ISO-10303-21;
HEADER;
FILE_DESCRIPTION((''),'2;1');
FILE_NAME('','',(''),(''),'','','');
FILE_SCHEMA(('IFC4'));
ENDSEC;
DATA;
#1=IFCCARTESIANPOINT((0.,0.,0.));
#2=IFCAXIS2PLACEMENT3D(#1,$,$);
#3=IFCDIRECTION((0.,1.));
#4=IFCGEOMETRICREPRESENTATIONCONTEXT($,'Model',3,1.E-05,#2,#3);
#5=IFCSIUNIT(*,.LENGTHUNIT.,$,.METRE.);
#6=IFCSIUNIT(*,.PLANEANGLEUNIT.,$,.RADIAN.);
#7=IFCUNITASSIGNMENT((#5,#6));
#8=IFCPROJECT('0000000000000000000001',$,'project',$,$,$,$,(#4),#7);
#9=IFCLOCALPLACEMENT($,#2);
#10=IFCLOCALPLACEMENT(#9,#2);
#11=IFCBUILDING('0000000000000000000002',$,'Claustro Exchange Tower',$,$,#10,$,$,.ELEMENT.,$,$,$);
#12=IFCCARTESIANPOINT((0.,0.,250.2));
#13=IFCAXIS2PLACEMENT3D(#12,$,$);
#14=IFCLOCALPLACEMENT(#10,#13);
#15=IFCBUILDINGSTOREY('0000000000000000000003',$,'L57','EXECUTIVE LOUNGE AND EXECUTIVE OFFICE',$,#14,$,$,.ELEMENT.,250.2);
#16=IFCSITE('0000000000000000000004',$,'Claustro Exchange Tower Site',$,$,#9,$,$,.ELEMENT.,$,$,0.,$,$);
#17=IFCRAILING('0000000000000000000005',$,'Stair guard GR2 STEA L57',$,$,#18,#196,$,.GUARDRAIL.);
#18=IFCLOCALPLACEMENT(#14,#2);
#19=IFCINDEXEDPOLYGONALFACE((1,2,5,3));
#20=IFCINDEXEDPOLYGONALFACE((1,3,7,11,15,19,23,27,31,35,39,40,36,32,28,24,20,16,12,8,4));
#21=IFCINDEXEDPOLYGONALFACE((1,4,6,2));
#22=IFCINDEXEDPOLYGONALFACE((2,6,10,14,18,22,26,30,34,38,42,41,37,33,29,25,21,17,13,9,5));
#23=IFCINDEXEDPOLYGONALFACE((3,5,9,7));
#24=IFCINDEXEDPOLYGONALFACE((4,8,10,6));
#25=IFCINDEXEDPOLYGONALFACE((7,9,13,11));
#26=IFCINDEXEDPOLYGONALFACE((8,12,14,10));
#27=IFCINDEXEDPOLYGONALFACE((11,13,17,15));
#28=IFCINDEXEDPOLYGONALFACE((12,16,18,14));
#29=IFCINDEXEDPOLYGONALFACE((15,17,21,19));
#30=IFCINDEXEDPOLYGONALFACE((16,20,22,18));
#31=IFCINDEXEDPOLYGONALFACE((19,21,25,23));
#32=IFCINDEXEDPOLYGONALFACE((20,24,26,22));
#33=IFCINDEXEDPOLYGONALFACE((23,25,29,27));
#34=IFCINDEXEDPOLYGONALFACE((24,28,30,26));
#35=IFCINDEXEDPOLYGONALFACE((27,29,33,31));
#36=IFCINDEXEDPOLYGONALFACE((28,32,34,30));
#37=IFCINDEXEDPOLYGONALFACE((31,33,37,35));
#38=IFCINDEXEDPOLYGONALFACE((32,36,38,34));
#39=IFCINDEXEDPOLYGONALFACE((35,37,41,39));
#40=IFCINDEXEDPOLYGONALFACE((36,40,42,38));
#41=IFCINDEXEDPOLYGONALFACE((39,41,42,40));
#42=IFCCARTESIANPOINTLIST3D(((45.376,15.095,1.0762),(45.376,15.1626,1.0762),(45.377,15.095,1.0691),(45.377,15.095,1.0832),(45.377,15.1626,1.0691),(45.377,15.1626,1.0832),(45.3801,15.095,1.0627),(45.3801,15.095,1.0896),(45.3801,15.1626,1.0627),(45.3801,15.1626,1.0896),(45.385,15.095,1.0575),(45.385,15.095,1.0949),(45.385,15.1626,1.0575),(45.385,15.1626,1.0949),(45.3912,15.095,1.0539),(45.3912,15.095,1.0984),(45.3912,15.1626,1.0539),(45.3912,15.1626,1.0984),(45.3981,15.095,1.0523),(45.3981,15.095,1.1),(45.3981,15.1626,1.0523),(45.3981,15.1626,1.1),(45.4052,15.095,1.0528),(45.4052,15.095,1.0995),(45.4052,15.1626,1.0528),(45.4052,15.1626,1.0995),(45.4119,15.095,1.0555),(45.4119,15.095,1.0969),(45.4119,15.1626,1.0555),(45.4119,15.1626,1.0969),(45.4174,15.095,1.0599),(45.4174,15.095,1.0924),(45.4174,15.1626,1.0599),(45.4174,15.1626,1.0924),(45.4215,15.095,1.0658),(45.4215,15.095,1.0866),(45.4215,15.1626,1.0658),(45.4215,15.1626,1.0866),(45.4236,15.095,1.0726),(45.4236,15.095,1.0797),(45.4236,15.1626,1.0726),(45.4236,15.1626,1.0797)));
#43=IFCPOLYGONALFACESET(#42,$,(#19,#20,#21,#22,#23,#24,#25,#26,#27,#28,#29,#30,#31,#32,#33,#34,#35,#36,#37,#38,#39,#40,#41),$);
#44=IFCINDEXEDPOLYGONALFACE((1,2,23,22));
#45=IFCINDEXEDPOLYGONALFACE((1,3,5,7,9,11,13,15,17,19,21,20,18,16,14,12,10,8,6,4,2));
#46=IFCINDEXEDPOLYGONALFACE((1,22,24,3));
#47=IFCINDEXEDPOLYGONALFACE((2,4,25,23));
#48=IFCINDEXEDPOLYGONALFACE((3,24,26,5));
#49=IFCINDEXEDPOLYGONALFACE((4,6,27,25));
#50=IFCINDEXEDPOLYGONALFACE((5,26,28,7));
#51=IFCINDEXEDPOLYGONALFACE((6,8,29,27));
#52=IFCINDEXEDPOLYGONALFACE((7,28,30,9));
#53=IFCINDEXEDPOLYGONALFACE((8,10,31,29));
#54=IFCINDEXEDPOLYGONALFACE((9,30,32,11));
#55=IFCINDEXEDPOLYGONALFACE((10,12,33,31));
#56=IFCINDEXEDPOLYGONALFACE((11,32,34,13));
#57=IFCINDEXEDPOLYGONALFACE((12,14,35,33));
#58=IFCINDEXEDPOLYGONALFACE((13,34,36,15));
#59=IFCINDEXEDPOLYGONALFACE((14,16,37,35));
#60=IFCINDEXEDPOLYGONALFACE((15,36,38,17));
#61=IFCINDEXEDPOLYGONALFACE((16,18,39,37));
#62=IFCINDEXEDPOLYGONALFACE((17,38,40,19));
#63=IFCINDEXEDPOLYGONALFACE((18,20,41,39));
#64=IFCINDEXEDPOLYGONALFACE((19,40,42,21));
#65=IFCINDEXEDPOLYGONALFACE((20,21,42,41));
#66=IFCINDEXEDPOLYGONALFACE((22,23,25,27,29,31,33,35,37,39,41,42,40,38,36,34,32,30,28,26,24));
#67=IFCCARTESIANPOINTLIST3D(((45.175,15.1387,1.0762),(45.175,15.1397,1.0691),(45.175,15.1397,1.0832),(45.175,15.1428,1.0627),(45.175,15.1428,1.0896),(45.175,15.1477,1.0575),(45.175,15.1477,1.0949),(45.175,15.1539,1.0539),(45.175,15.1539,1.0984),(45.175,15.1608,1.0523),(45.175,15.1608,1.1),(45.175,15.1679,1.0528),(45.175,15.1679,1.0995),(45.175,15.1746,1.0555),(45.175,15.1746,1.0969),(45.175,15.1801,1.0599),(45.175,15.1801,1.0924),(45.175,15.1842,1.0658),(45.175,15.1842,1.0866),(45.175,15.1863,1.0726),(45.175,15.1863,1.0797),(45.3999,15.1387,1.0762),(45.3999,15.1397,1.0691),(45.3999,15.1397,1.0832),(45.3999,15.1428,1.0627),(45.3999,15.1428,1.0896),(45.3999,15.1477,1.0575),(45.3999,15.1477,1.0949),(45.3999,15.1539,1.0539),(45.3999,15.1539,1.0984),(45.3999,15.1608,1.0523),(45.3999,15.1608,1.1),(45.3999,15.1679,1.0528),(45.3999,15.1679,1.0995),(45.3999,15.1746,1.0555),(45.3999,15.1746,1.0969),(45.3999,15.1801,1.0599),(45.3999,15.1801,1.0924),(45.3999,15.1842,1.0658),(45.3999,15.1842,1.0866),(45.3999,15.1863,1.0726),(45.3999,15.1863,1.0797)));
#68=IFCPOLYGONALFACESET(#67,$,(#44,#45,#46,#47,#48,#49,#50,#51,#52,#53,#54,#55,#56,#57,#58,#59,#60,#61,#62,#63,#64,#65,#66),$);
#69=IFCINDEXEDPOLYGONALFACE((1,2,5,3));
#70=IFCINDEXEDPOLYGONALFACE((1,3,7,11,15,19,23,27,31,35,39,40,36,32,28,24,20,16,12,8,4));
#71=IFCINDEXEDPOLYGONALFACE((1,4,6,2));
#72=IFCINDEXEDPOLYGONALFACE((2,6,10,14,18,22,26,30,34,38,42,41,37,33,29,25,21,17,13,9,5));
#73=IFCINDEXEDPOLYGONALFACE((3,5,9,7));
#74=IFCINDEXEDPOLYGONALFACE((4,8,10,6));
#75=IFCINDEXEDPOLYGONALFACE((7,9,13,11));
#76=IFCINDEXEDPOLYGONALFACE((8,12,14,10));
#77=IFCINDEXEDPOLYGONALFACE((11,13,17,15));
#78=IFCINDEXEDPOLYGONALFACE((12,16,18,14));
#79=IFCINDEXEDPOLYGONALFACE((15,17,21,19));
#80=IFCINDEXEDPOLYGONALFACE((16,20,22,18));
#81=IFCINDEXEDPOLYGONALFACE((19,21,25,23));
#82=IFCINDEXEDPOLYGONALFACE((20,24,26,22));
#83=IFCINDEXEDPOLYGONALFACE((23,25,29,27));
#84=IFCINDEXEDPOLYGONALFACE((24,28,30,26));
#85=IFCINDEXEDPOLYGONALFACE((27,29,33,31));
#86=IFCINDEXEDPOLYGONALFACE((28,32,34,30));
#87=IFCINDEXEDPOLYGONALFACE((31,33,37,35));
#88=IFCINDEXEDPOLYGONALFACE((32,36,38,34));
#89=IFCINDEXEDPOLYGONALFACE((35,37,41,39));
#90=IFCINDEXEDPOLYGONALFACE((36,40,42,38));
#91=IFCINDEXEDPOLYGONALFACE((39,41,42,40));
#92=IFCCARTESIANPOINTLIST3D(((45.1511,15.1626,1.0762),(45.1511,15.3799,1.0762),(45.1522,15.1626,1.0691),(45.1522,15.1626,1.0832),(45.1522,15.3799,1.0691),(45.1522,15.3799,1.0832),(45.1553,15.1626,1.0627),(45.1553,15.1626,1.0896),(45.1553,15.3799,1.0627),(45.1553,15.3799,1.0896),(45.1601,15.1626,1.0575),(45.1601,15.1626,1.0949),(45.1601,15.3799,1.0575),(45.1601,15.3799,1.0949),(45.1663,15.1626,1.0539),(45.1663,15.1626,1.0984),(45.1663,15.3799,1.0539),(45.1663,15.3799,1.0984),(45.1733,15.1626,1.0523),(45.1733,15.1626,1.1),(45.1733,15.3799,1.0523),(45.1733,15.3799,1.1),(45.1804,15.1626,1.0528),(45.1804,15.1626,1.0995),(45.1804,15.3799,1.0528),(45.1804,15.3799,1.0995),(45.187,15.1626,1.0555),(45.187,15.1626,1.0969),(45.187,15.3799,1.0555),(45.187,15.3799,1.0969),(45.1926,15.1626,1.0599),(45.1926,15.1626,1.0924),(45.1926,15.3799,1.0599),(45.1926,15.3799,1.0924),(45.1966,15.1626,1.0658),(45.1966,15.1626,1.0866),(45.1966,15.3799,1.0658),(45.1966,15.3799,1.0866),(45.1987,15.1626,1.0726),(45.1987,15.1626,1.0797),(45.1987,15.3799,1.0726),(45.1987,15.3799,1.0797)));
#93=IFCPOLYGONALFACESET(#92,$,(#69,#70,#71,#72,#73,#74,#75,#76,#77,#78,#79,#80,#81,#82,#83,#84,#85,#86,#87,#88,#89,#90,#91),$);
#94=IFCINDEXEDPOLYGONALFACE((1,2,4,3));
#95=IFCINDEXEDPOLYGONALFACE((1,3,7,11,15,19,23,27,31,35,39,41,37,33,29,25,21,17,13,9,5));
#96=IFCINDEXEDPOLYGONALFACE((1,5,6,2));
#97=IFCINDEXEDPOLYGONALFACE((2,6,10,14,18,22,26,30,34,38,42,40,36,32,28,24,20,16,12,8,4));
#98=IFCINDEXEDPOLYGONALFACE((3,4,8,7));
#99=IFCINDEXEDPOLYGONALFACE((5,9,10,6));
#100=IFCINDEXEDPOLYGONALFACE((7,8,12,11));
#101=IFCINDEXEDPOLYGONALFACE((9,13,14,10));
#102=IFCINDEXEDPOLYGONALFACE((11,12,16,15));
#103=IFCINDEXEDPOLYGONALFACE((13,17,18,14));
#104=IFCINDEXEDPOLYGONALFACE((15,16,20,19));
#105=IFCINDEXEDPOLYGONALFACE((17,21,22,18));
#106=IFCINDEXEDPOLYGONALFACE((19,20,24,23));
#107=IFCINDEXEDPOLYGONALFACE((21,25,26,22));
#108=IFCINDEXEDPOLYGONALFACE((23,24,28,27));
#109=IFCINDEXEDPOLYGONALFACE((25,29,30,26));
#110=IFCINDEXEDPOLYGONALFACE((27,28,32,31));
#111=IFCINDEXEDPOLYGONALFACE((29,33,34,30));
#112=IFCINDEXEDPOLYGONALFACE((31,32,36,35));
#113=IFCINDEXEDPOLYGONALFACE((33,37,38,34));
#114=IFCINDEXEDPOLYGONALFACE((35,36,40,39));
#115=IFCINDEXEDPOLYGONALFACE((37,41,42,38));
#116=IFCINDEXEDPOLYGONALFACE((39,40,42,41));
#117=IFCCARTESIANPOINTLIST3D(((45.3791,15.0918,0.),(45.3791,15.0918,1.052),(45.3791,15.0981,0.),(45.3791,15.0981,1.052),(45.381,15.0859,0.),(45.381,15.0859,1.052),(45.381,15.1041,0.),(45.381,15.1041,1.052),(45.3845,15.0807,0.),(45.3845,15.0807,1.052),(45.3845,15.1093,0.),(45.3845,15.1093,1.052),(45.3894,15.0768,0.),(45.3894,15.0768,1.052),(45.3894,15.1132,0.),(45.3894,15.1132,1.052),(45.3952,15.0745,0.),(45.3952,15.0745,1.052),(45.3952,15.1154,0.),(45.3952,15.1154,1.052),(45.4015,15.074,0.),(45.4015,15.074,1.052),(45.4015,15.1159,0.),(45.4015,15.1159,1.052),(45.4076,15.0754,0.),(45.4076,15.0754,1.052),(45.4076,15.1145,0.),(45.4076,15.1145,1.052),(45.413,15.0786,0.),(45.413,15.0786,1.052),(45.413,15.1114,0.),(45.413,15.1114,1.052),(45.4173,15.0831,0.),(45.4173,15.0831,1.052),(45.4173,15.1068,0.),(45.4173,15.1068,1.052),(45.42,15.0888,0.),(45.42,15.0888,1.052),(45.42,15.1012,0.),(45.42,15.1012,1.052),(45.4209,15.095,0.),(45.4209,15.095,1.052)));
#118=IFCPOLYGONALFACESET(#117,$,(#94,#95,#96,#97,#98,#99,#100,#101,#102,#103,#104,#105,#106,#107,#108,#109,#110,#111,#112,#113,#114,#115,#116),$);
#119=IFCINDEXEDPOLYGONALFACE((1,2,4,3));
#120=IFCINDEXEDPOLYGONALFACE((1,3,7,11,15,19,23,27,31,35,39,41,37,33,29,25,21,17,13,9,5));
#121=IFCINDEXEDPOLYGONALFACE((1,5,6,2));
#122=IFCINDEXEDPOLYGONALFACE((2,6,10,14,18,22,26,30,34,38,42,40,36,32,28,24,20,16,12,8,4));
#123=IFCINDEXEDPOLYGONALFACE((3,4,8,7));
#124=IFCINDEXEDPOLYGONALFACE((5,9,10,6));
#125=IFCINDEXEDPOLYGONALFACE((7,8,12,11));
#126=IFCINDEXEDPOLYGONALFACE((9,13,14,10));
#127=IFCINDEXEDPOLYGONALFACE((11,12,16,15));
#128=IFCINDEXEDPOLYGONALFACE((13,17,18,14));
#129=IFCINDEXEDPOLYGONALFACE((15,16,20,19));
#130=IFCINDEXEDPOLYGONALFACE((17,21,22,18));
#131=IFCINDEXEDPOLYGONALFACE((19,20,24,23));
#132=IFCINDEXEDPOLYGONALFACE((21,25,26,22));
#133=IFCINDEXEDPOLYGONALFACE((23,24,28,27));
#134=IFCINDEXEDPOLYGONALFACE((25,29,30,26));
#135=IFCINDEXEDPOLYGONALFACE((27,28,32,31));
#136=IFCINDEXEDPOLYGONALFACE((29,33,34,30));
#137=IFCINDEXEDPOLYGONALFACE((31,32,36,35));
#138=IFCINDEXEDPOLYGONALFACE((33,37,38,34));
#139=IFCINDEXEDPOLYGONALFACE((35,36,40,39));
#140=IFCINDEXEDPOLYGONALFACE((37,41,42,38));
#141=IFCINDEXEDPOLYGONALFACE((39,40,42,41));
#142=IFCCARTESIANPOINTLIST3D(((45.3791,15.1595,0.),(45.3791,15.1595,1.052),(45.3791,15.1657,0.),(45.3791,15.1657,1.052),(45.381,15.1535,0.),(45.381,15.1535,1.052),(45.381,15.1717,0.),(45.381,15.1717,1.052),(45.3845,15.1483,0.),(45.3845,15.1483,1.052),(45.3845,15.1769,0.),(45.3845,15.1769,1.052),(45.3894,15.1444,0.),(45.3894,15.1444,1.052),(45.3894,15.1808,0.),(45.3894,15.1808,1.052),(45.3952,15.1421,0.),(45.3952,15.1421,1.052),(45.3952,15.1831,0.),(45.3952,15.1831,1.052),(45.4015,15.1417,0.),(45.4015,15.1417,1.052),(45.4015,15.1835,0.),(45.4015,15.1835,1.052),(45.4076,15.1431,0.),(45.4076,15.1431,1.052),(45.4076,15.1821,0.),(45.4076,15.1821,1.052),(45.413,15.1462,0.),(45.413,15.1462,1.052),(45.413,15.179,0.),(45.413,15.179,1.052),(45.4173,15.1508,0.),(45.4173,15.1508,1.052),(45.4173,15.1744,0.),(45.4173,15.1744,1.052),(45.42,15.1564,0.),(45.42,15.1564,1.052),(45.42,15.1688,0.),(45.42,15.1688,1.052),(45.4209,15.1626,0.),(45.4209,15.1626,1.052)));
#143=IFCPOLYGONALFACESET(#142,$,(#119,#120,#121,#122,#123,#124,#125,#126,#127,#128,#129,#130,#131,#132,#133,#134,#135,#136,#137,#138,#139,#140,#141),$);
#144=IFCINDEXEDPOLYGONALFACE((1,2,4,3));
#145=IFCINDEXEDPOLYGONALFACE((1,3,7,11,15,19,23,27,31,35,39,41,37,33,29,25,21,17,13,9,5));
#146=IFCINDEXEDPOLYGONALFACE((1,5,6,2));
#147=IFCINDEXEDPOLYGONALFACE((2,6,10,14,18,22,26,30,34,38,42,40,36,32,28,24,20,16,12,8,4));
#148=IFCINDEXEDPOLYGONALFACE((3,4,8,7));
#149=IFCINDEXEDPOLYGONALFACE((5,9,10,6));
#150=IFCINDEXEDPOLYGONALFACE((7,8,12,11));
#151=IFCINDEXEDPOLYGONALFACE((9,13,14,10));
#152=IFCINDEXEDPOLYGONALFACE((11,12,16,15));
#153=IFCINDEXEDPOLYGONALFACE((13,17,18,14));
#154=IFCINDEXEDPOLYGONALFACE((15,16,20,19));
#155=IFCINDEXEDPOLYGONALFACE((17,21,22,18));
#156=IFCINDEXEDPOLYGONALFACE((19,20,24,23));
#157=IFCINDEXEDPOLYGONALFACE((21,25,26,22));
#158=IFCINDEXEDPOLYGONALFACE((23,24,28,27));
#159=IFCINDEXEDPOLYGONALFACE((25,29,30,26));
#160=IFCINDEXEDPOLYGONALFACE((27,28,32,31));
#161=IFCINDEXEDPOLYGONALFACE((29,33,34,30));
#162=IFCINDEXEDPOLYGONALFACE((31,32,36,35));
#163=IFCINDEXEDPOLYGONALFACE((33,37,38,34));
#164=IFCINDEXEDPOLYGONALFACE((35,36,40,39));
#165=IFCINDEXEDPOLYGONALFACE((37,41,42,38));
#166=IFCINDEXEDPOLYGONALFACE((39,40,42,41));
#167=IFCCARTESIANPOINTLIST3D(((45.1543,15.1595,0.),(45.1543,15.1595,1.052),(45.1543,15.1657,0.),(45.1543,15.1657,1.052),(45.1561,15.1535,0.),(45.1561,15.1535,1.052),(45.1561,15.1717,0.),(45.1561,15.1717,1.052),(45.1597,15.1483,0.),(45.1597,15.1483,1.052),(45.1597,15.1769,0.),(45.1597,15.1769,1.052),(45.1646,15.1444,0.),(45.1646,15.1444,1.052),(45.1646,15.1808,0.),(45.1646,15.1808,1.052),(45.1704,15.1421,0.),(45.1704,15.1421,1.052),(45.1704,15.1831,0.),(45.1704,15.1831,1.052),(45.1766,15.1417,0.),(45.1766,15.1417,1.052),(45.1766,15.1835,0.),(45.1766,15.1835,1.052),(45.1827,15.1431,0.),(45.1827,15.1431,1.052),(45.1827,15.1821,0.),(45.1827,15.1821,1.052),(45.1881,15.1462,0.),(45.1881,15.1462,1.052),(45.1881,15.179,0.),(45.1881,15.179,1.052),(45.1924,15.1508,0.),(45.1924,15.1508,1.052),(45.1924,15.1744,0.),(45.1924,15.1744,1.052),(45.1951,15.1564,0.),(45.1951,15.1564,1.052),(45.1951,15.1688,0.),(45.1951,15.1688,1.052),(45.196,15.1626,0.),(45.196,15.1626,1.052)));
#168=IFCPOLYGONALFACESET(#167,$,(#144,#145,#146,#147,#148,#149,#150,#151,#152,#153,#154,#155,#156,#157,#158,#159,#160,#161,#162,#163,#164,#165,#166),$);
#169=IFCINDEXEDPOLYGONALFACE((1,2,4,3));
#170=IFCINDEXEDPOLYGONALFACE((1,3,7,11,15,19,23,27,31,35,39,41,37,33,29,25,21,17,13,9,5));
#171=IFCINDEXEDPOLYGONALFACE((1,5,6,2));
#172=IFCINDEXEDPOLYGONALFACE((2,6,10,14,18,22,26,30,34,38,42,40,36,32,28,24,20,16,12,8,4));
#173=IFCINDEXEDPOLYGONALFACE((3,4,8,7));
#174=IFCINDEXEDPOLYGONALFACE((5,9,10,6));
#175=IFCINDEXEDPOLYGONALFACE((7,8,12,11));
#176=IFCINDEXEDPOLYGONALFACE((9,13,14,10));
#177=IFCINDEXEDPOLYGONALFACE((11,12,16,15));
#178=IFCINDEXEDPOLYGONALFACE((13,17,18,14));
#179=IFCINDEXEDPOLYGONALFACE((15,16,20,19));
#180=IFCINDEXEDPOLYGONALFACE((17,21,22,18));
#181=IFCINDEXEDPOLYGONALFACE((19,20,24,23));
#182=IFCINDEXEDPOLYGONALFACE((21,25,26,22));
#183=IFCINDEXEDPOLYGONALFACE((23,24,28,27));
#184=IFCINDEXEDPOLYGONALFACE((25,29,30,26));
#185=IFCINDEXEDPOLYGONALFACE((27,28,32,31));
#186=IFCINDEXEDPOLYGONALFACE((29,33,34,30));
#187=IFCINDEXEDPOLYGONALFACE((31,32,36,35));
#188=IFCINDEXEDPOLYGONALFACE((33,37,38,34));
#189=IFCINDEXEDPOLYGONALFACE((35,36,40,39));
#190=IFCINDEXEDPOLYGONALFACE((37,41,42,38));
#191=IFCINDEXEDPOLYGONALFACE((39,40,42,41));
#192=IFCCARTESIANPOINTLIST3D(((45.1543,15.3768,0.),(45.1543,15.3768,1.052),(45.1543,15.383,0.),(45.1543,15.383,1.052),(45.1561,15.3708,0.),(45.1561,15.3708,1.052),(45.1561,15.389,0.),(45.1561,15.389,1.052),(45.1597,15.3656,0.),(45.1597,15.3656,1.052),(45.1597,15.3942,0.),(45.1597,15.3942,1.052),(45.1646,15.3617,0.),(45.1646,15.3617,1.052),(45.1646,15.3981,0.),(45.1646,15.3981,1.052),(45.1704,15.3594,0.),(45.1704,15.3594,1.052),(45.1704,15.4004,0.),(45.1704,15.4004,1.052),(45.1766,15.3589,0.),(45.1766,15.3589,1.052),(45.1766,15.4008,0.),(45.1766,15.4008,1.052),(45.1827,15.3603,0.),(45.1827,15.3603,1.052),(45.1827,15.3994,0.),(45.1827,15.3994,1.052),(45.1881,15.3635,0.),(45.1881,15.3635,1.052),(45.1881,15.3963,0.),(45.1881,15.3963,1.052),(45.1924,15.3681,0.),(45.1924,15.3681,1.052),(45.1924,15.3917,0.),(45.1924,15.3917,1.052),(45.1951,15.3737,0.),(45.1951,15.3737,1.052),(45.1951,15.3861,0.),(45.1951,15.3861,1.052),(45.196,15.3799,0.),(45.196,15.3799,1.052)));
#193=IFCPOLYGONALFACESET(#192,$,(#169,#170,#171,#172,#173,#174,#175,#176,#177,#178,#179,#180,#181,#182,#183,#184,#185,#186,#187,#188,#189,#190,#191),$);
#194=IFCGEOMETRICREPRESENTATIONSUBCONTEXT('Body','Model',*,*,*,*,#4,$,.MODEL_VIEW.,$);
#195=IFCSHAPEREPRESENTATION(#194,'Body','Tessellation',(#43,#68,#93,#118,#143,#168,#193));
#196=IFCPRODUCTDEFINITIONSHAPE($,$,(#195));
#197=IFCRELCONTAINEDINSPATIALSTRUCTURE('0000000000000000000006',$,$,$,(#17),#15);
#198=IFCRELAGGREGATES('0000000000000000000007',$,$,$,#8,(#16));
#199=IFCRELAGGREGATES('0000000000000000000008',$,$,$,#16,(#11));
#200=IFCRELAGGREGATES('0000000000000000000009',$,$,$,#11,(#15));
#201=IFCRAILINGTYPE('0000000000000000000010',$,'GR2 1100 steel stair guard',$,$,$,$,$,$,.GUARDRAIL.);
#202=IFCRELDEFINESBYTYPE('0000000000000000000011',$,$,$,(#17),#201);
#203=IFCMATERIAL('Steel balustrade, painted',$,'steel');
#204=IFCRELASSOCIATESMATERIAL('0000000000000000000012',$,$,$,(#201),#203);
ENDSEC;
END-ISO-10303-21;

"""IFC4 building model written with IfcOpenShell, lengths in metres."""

from ifc_helpers import new_model, si_unit, direction, frame, origin, origin_2d, place, context, subcontext, project, spatial, circle, extrude, material, type_object, element, save


model = new_model("IFC4")

# Units and contexts
model_context = context("Model", 3, precision=1e-05, world=origin(), true_north=direction((0.0, 1.0)))
body_context = subcontext(model_context, "Body", "Model", "MODEL_VIEW")
ifc_project = project(units=[si_unit("LENGTHUNIT", "METRE"), si_unit("PLANEANGLEUNIT", "RADIAN")], contexts=[model_context])

# Site, building, storey
site_placement = place(None, origin())
site = spatial("IfcSite", under=ifc_project, at=site_placement, Name="Claustro Exchange Tower Site", CompositionType="ELEMENT", RefElevation=0.0)
building_placement = place(site_placement, origin())
building = spatial("IfcBuilding", under=site, at=building_placement, Name="Claustro Exchange Tower", CompositionType="ELEMENT")
storey_placement = place(building_placement, frame((0.0, 0.0, 250.2)))
storey = spatial("IfcBuildingStorey", under=building, at=storey_placement, Name="L57", Description="EXECUTIVE LOUNGE AND EXECUTIVE OFFICE", CompositionType="ELEMENT", Elevation=250.2)

# Railing
ifc_material_1 = material(Name="Steel balustrade, painted", Category="steel")
railing_type_1 = type_object("IfcRailingType", Name="GR2 1100 steel stair guard", PredefinedType="GUARDRAIL", material=ifc_material_1)
railing_1_placement = place(storey_placement, frame((45.3999, 15.095, 0.0)))
element("IfcRailing", 1, at=railing_1_placement, inside=storey, type_object=railing_type_1, Name="Stair guard GR2 STEA L57", PredefinedType="GUARDRAIL", context=body_context, shape_type="SweptSolid", body=[
    extrude(circle(Radius=0.0239, at=origin_2d()), frame((0.0, 0.0, 1.0762), z_axis=(0.0, 1.0, 0.0), x_axis=(-1.0, 0.0, 0.0)), (0.0, 0.0, 1.0), 0.0676),
    extrude(circle(Radius=0.0239, at=origin_2d()), frame((0.0, 0.0676, 1.0762), z_axis=(-1.0, 0.0, 0.0), x_axis=(0.0, -1.0, 0.0)), (0.0, 0.0, 1.0), 0.2249),
    extrude(circle(Radius=0.0239, at=origin_2d()), frame((-0.2249, 0.0676, 1.0762), z_axis=(0.0, 1.0, 0.0), x_axis=(-1.0, 0.0, 0.0)), (0.0, 0.0, 1.0), 0.2173),
    extrude(circle(Radius=0.021, at=origin_2d()), origin(), (0.0, 0.0, 1.0), 1.052),
    extrude(circle(Radius=0.021, at=origin_2d()), frame((0.0, 0.0676, 0.0)), (0.0, 0.0, 1.0), 1.052),
    extrude(circle(Radius=0.021, at=origin_2d()), frame((-0.2249, 0.0676, 0.0)), (0.0, 0.0, 1.0), 1.052),
    extrude(circle(Radius=0.021, at=origin_2d()), frame((-0.2249, 0.2849, 0.0)), (0.0, 0.0, 1.0), 1.052),
])

save(model, "model.ifc")
